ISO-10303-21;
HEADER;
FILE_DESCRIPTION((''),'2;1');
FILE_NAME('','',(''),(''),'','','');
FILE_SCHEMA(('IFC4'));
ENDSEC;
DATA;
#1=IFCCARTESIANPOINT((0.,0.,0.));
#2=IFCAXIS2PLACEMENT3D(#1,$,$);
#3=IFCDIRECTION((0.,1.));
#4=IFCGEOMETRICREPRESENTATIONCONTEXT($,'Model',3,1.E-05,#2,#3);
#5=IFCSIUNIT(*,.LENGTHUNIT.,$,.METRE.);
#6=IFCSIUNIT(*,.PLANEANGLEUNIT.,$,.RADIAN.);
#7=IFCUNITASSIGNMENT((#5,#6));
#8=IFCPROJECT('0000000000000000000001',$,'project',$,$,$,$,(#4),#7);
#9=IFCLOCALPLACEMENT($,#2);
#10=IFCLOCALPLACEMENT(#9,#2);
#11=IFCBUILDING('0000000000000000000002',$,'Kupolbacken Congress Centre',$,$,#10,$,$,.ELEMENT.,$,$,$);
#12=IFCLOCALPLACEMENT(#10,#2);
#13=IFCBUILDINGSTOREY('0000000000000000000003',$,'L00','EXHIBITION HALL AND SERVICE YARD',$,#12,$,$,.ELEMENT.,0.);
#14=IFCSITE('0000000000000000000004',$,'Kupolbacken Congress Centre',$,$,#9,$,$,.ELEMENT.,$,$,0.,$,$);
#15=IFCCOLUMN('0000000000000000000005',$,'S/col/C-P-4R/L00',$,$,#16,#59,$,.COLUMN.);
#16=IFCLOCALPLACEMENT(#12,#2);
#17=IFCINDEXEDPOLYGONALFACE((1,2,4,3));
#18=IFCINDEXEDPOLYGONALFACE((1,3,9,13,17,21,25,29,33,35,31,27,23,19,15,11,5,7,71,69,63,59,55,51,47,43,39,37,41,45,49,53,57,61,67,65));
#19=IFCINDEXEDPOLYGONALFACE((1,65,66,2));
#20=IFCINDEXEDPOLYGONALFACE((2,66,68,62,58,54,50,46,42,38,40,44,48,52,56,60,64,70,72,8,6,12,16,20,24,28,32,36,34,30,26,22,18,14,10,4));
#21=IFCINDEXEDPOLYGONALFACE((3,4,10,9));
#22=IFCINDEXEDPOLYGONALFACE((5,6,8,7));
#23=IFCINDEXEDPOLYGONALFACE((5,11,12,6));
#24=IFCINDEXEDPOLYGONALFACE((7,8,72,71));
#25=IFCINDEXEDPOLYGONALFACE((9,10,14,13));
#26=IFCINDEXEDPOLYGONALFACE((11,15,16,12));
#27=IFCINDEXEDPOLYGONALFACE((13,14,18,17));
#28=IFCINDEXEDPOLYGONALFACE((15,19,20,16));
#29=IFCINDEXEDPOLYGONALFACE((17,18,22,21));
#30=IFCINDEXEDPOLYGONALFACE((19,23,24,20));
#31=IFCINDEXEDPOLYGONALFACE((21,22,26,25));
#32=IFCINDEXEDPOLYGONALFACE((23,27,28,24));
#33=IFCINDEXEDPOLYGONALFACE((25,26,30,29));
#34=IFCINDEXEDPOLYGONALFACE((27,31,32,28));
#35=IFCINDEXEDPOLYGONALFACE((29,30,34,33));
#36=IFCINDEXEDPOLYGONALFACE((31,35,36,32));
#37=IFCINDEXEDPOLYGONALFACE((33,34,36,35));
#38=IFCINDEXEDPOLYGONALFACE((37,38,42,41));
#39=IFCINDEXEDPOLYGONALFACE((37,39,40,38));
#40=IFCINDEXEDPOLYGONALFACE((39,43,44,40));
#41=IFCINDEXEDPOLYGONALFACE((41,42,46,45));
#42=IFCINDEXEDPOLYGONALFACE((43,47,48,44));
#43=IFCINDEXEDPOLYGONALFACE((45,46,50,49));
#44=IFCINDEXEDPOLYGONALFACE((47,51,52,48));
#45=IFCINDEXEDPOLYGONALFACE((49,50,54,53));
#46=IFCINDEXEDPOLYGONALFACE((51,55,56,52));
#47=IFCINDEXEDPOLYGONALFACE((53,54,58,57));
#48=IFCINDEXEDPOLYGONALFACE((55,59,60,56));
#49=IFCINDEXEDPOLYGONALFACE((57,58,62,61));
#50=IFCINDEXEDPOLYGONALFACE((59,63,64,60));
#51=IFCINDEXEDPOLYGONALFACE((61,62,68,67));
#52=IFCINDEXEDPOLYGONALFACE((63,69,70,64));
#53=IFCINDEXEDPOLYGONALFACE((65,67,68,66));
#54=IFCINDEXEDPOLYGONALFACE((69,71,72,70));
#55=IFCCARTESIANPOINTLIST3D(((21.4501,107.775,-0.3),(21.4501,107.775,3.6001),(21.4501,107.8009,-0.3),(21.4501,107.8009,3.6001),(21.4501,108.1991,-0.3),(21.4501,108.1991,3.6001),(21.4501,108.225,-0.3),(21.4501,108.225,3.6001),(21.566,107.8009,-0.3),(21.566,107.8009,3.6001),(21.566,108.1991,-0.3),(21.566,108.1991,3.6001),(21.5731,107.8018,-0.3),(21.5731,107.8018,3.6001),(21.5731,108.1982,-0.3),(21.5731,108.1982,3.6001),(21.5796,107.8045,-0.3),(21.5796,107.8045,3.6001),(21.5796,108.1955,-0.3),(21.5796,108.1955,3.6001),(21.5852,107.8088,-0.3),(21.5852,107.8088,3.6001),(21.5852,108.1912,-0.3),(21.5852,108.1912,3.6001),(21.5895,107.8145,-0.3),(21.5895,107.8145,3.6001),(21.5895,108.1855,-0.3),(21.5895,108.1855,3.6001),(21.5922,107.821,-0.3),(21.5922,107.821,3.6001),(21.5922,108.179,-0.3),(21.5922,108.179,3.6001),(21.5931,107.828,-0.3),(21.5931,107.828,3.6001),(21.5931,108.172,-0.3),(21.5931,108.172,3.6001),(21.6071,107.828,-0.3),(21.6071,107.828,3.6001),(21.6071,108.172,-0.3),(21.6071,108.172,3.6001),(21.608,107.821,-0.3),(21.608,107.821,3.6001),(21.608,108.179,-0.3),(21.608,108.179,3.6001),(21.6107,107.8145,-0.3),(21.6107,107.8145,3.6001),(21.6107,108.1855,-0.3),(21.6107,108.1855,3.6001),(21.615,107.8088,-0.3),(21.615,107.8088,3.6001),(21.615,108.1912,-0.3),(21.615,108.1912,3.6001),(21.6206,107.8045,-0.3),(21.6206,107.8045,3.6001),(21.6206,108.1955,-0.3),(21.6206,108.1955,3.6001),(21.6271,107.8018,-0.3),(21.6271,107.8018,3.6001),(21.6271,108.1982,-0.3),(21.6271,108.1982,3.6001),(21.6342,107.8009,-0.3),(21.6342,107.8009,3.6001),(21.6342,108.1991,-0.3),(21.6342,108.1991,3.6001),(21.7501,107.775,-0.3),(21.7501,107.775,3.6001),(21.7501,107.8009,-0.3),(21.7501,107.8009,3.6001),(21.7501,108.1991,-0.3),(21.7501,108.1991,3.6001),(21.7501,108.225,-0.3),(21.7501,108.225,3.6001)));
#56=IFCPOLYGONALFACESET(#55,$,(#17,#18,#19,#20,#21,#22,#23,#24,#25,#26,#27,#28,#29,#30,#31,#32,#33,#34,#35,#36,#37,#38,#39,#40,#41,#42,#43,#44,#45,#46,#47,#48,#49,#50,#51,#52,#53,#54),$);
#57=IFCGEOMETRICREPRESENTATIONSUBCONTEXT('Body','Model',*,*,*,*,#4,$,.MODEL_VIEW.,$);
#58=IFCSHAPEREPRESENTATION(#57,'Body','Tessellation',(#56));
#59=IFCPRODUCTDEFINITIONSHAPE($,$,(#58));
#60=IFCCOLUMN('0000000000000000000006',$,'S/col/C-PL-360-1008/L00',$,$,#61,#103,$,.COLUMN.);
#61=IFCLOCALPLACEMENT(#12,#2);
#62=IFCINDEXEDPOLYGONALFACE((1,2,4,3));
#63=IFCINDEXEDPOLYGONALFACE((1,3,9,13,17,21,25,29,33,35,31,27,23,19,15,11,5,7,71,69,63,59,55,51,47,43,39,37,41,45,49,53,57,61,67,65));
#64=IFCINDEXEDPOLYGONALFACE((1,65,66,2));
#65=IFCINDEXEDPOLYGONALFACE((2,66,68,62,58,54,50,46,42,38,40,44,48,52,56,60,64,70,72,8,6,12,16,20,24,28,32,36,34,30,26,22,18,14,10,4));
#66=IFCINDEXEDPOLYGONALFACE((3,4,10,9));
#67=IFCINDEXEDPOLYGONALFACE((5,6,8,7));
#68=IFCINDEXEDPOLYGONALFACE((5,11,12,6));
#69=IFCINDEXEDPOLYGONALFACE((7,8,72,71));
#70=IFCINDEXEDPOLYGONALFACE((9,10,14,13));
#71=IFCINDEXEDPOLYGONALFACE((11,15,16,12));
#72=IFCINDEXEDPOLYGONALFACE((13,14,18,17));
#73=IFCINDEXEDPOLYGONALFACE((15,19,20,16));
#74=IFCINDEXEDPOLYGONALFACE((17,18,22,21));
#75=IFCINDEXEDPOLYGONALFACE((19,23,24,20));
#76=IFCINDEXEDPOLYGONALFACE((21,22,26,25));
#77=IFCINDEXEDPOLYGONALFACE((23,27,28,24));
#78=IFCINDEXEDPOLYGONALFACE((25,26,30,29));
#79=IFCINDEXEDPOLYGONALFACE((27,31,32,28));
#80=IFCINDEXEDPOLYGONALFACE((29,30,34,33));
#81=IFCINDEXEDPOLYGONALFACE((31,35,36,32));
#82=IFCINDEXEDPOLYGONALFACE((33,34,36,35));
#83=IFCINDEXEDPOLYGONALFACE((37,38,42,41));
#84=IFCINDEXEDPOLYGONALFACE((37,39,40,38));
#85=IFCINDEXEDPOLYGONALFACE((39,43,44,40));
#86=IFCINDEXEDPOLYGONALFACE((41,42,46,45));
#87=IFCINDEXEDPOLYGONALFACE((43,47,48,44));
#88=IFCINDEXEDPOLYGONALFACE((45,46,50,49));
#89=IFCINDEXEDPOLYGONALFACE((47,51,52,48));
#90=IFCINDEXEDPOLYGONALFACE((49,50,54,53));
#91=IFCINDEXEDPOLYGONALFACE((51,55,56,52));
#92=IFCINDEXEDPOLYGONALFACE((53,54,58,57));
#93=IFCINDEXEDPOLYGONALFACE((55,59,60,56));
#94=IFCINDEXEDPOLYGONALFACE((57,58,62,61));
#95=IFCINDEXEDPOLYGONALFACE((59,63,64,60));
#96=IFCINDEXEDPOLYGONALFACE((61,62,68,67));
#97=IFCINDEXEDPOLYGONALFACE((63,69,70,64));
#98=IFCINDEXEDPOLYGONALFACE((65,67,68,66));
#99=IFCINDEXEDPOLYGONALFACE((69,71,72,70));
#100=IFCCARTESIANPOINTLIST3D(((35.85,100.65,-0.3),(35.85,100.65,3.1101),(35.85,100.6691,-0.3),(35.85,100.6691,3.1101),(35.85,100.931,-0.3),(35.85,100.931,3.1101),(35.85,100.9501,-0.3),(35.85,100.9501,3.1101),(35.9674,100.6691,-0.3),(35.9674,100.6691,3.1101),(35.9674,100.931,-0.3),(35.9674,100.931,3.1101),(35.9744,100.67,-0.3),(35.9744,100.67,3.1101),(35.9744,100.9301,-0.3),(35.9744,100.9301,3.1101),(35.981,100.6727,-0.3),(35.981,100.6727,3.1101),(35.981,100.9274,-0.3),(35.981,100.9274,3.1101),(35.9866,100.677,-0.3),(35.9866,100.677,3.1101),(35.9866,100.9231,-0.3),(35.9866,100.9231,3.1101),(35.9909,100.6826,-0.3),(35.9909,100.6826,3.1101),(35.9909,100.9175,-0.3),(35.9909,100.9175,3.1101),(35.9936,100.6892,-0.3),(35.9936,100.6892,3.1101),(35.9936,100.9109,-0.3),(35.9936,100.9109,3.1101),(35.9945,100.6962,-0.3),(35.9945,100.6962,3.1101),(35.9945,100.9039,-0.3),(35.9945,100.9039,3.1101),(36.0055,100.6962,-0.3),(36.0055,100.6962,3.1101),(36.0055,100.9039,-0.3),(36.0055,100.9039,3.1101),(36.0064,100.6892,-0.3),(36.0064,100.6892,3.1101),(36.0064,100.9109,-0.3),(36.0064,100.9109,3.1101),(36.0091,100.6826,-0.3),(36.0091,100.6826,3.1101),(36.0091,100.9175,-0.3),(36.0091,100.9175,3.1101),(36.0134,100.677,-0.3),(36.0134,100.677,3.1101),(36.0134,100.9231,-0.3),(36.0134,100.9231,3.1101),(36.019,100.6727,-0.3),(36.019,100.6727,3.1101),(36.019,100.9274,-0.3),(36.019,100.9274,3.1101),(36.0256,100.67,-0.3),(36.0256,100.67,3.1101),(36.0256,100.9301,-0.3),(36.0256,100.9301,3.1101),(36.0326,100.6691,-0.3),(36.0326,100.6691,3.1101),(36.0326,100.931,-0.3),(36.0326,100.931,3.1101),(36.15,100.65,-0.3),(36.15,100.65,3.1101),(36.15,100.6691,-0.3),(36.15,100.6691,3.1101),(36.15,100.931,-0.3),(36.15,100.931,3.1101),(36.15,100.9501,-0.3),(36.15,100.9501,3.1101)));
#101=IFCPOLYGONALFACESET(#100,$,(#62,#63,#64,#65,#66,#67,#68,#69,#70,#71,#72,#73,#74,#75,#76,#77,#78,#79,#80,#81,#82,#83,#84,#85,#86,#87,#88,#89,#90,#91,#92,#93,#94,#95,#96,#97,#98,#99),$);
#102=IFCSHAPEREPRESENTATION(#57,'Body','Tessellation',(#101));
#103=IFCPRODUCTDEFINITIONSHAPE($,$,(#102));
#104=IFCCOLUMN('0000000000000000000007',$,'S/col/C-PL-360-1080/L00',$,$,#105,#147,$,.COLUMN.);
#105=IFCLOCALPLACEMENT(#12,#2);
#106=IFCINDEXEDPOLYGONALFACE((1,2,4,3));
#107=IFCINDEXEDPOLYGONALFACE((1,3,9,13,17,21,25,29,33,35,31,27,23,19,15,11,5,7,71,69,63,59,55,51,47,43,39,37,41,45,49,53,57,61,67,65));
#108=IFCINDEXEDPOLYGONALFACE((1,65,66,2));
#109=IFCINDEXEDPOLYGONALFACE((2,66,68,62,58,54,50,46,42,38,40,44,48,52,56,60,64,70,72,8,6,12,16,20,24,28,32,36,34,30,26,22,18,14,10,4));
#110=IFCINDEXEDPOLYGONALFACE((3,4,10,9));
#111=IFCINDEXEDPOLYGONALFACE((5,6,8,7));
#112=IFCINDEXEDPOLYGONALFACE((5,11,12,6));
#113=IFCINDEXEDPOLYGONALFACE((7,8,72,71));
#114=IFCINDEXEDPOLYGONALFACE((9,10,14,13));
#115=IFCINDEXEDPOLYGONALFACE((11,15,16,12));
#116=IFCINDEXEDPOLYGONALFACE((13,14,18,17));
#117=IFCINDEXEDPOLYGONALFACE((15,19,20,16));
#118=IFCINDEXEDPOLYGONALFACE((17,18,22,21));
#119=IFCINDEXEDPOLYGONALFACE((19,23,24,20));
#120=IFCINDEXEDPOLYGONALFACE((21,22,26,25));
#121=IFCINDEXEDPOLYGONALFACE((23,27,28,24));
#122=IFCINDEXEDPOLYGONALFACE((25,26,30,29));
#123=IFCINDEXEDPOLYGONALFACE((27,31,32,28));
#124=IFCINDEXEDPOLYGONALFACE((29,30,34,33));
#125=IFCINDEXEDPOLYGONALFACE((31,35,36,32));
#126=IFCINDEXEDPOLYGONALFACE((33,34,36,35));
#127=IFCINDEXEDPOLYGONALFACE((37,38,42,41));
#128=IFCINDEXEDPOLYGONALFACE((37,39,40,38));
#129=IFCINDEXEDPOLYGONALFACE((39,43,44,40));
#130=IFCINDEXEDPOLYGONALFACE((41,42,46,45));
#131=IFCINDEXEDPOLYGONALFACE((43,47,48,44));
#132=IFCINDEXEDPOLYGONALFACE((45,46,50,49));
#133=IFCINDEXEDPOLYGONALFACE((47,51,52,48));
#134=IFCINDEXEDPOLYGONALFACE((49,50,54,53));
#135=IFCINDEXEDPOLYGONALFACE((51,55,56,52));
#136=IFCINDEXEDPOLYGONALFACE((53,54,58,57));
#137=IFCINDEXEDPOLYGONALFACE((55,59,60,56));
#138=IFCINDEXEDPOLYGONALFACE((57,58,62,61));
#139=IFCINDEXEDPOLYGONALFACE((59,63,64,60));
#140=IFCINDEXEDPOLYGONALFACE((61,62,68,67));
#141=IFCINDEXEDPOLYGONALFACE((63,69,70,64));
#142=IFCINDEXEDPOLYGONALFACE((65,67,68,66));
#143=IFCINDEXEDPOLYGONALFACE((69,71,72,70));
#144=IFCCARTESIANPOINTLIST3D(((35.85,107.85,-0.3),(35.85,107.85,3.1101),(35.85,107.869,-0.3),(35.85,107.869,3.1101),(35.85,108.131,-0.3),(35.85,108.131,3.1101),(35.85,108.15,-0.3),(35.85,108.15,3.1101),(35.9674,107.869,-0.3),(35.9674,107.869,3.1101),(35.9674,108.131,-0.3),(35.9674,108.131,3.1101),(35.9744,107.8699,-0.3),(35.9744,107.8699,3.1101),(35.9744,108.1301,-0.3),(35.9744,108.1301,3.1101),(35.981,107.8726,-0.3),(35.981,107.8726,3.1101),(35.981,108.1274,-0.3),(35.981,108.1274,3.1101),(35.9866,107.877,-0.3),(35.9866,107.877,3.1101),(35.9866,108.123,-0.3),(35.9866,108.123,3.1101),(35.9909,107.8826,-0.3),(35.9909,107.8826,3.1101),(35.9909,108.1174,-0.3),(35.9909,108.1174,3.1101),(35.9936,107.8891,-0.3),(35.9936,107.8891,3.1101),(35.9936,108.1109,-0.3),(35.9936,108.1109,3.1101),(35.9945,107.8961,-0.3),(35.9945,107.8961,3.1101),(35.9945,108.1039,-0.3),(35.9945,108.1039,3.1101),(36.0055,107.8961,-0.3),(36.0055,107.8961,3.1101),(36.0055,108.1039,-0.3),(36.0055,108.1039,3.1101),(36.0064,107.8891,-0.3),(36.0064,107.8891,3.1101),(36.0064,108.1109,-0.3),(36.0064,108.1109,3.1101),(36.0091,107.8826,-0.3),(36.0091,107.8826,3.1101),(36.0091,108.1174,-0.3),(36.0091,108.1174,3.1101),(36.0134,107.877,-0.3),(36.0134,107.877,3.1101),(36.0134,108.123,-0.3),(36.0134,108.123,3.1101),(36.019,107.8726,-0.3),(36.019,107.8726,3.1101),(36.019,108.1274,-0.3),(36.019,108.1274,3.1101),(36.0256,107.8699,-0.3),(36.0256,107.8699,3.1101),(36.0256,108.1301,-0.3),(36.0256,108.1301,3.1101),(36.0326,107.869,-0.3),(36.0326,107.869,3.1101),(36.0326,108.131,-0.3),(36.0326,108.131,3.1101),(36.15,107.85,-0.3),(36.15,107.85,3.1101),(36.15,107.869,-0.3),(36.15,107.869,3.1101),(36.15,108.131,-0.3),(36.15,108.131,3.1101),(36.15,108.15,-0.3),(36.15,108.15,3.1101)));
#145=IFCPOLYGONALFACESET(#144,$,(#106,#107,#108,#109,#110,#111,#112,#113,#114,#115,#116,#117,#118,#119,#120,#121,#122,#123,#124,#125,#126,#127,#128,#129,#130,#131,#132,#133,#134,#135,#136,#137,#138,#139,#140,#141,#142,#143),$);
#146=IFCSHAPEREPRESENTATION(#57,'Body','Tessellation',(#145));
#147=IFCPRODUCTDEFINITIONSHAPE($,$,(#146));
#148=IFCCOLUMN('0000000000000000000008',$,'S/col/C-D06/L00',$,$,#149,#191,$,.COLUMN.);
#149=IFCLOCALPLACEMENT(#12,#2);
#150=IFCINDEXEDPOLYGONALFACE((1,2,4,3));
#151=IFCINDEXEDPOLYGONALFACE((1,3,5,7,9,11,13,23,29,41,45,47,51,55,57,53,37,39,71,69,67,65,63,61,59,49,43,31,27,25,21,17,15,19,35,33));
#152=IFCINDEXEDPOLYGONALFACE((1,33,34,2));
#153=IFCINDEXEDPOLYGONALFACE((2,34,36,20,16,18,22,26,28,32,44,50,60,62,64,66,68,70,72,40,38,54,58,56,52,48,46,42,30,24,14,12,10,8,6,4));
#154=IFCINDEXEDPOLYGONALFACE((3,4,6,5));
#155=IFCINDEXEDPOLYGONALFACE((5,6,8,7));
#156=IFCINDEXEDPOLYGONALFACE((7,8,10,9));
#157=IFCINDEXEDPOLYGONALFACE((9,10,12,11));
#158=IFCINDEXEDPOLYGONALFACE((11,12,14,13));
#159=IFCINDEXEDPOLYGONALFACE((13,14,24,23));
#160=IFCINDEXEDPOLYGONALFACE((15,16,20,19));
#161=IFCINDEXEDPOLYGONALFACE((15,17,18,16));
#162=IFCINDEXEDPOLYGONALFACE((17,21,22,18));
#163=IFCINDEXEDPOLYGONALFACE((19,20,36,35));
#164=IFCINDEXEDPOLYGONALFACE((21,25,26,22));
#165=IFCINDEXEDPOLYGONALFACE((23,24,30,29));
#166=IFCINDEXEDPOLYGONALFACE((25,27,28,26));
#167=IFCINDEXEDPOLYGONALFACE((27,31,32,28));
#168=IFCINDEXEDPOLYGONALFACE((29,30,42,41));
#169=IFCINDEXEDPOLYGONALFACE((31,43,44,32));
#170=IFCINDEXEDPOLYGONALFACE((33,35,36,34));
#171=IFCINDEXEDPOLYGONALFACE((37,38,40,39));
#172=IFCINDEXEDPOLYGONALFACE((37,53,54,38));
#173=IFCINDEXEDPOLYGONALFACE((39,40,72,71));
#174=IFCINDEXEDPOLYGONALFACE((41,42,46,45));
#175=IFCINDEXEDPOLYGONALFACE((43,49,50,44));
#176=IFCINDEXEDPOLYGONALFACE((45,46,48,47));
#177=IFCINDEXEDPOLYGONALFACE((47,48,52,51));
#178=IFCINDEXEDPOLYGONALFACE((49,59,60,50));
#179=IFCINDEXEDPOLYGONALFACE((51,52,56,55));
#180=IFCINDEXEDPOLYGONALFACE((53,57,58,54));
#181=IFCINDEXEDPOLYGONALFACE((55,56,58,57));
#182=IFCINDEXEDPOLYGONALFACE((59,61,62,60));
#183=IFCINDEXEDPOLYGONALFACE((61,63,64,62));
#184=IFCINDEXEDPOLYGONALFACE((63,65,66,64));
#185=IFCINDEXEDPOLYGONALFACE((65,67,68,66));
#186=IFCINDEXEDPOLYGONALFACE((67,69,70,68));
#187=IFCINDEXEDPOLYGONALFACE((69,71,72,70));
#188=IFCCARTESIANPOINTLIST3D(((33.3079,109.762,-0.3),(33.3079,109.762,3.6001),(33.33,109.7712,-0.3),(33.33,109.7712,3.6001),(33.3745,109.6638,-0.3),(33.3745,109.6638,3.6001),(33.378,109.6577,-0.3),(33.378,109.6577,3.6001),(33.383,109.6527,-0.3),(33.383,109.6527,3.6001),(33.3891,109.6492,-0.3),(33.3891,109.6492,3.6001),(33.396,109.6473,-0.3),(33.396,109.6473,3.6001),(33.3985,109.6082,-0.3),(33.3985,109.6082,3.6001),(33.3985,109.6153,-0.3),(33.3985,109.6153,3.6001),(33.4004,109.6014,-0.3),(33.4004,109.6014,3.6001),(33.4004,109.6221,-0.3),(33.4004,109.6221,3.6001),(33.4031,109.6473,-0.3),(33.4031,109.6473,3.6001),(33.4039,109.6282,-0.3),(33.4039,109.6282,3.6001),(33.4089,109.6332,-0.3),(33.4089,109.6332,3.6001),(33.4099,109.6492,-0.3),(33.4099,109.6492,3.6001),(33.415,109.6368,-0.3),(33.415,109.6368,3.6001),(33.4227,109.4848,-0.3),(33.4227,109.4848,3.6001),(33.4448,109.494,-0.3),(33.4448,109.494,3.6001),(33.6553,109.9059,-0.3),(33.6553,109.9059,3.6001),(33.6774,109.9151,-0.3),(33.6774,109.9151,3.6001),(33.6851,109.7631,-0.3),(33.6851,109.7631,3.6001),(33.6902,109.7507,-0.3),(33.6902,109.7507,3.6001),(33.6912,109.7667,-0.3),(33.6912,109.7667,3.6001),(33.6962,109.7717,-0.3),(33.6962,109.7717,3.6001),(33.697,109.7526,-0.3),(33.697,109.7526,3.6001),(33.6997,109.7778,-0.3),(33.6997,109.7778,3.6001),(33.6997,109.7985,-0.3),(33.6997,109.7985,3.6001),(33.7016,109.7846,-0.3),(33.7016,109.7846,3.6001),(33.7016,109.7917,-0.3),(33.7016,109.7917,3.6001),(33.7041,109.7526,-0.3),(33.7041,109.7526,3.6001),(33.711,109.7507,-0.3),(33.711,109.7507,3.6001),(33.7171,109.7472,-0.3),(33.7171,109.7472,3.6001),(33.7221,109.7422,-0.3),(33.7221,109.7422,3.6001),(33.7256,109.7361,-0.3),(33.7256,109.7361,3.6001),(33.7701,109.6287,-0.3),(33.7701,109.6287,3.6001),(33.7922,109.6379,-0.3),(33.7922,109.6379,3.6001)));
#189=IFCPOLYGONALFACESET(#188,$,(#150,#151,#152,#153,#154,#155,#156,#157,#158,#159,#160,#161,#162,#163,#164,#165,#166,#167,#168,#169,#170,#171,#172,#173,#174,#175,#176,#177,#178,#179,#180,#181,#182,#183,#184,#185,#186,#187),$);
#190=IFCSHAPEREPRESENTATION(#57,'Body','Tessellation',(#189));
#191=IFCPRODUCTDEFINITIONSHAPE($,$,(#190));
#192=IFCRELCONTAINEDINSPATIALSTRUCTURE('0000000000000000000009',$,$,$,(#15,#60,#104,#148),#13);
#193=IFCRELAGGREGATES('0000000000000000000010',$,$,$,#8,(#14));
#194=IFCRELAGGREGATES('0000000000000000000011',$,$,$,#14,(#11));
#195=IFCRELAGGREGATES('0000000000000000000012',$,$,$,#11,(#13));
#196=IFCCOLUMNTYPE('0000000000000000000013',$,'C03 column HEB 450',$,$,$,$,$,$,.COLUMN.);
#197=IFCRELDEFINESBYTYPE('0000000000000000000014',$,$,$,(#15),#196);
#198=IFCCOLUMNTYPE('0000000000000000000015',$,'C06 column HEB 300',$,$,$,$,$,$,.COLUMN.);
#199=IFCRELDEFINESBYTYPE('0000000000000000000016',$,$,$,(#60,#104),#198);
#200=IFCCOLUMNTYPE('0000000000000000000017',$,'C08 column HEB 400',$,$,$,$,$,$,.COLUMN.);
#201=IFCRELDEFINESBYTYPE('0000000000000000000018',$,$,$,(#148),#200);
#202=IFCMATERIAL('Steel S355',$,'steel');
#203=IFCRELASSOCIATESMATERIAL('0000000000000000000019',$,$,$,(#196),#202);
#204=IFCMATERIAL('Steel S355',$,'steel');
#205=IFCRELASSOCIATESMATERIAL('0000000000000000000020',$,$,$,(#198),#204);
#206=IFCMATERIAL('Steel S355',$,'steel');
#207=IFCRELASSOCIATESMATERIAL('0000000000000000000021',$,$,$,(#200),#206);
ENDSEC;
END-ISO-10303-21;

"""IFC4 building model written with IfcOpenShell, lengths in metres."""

from ifc_helpers import new_model, si_unit, direction, frame, origin, origin_2d, place, context, subcontext, project, spatial, i_section, extrude, material, material_profile, profile_set, type_object, element, save


model = new_model("IFC4")

# Units and contexts
model_context = context("Model", 3, precision=1e-05, world=origin(), true_north=direction((0.0, 1.0)))
body_context = subcontext(model_context, "Body", "Model", "MODEL_VIEW")
ifc_project = project(units=[si_unit("LENGTHUNIT", "METRE"), si_unit("PLANEANGLEUNIT", "RADIAN")], contexts=[model_context])

# Site, building, storey
site_placement = place(None, origin())
site = spatial("IfcSite", under=ifc_project, at=site_placement, Name="Kupolbacken Congress Centre", CompositionType="ELEMENT", RefElevation=0.0)
building_placement = place(site_placement, origin())
building = spatial("IfcBuilding", under=site, at=building_placement, Name="Kupolbacken Congress Centre", CompositionType="ELEMENT")
storey_placement = place(building_placement, origin())
storey = spatial("IfcBuildingStorey", under=building, at=storey_placement, Name="L00", Description="EXHIBITION HALL AND SERVICE YARD", CompositionType="ELEMENT", Elevation=0.0)

# Columns
ifc_material_1 = material(Name="Steel S355", Category="steel")
ifc_material_profile_1 = material_profile(ifc_material_1, i_section(OverallWidth=0.3, OverallDepth=0.45, WebThickness=0.0139, FlangeThickness=0.0259, FilletRadius=0.0271, at=origin_2d()), Name="HEB 450")
ifc_profile_set_1 = profile_set([ifc_material_profile_1], Name="Steel S355")
column_type_1 = type_object("IfcColumnType", Name="C03 column HEB 450", PredefinedType="COLUMN", material=ifc_profile_set_1)
column_placement = place(storey_placement, frame((21.6001, 108.0, -0.3), z_axis=(0.0, 0.0, 1.0), x_axis=(1.0, 0.0, 0.0)))
element("IfcColumn", 1, at=column_placement, inside=storey, type_object=column_type_1, Name="S/col/C-P-4R/L00", PredefinedType="COLUMN", context=body_context, shape_type="SweptSolid", body=[
    extrude(i_section(OverallWidth=0.3, OverallDepth=0.45, WebThickness=0.0139, FlangeThickness=0.0259, FilletRadius=0.0271, at=origin_2d()), origin(), (0.0, 0.0, 1.0), 3.9001),
])
ifc_material_2 = material(Name="Steel S355", Category="steel")
ifc_material_profile_2 = material_profile(ifc_material_2, i_section(OverallWidth=0.3, OverallDepth=0.3, WebThickness=0.011, FlangeThickness=0.019, FilletRadius=0.0271, at=origin_2d()), Name="HEB 300")
ifc_profile_set_2 = profile_set([ifc_material_profile_2], Name="Steel S355")
column_type_2 = type_object("IfcColumnType", Name="C06 column HEB 300", PredefinedType="COLUMN", material=ifc_profile_set_2)
for number, where, z_axis, x_axis, name in (
    (2, (36.0, 100.8, -0.3), (0.0, 0.0, 1.0), (1.0, 0.0, 0.0), "S/col/C-PL-360-1008/L00"),
    (3, (36.0, 108.0, -0.3), (0.0, 0.0, 1.0), (1.0, 0.0, 0.0), "S/col/C-PL-360-1080/L00"),
):
    element("IfcColumn", number, at=place(storey_placement, frame(where, z_axis=z_axis, x_axis=x_axis)), inside=storey, type_object=column_type_2, Name=name, PredefinedType="COLUMN", context=body_context, shape_type="SweptSolid", body=[
        extrude(i_section(OverallWidth=0.3, OverallDepth=0.3, WebThickness=0.011, FlangeThickness=0.019, FilletRadius=0.0271, at=origin_2d()), origin(), (0.0, 0.0, 1.0), 3.4102),
    ])
ifc_material_3 = material(Name="Steel S355", Category="steel")
ifc_material_profile_3 = material_profile(ifc_material_3, i_section(OverallWidth=0.3, OverallDepth=0.3999, WebThickness=0.0134, FlangeThickness=0.0239, FilletRadius=0.0271, at=origin_2d()), Name="HEB 400")
ifc_profile_set_3 = profile_set([ifc_material_profile_3], Name="Steel S355")
column_type_3 = type_object("IfcColumnType", Name="C08 column HEB 400", PredefinedType="COLUMN", material=ifc_profile_set_3)
for number, where, z_axis, x_axis, name in (
    (4, (33.55, 109.7, -0.3), (0.0, 0.0, 1.0), (-0.382644, 0.923896, 0.0), "S/col/C-D06/L00"),
):
    element("IfcColumn", number, at=place(storey_placement, frame(where, z_axis=z_axis, x_axis=x_axis)), inside=storey, type_object=column_type_3, Name=name, PredefinedType="COLUMN", context=body_context, shape_type="SweptSolid", body=[
        extrude(i_section(OverallWidth=0.3, OverallDepth=0.3999, WebThickness=0.0134, FlangeThickness=0.0239, FilletRadius=0.0271, at=origin_2d()), origin(), (0.0, 0.0, 1.0), 3.9001),
    ])

save(model, "model.ifc")
